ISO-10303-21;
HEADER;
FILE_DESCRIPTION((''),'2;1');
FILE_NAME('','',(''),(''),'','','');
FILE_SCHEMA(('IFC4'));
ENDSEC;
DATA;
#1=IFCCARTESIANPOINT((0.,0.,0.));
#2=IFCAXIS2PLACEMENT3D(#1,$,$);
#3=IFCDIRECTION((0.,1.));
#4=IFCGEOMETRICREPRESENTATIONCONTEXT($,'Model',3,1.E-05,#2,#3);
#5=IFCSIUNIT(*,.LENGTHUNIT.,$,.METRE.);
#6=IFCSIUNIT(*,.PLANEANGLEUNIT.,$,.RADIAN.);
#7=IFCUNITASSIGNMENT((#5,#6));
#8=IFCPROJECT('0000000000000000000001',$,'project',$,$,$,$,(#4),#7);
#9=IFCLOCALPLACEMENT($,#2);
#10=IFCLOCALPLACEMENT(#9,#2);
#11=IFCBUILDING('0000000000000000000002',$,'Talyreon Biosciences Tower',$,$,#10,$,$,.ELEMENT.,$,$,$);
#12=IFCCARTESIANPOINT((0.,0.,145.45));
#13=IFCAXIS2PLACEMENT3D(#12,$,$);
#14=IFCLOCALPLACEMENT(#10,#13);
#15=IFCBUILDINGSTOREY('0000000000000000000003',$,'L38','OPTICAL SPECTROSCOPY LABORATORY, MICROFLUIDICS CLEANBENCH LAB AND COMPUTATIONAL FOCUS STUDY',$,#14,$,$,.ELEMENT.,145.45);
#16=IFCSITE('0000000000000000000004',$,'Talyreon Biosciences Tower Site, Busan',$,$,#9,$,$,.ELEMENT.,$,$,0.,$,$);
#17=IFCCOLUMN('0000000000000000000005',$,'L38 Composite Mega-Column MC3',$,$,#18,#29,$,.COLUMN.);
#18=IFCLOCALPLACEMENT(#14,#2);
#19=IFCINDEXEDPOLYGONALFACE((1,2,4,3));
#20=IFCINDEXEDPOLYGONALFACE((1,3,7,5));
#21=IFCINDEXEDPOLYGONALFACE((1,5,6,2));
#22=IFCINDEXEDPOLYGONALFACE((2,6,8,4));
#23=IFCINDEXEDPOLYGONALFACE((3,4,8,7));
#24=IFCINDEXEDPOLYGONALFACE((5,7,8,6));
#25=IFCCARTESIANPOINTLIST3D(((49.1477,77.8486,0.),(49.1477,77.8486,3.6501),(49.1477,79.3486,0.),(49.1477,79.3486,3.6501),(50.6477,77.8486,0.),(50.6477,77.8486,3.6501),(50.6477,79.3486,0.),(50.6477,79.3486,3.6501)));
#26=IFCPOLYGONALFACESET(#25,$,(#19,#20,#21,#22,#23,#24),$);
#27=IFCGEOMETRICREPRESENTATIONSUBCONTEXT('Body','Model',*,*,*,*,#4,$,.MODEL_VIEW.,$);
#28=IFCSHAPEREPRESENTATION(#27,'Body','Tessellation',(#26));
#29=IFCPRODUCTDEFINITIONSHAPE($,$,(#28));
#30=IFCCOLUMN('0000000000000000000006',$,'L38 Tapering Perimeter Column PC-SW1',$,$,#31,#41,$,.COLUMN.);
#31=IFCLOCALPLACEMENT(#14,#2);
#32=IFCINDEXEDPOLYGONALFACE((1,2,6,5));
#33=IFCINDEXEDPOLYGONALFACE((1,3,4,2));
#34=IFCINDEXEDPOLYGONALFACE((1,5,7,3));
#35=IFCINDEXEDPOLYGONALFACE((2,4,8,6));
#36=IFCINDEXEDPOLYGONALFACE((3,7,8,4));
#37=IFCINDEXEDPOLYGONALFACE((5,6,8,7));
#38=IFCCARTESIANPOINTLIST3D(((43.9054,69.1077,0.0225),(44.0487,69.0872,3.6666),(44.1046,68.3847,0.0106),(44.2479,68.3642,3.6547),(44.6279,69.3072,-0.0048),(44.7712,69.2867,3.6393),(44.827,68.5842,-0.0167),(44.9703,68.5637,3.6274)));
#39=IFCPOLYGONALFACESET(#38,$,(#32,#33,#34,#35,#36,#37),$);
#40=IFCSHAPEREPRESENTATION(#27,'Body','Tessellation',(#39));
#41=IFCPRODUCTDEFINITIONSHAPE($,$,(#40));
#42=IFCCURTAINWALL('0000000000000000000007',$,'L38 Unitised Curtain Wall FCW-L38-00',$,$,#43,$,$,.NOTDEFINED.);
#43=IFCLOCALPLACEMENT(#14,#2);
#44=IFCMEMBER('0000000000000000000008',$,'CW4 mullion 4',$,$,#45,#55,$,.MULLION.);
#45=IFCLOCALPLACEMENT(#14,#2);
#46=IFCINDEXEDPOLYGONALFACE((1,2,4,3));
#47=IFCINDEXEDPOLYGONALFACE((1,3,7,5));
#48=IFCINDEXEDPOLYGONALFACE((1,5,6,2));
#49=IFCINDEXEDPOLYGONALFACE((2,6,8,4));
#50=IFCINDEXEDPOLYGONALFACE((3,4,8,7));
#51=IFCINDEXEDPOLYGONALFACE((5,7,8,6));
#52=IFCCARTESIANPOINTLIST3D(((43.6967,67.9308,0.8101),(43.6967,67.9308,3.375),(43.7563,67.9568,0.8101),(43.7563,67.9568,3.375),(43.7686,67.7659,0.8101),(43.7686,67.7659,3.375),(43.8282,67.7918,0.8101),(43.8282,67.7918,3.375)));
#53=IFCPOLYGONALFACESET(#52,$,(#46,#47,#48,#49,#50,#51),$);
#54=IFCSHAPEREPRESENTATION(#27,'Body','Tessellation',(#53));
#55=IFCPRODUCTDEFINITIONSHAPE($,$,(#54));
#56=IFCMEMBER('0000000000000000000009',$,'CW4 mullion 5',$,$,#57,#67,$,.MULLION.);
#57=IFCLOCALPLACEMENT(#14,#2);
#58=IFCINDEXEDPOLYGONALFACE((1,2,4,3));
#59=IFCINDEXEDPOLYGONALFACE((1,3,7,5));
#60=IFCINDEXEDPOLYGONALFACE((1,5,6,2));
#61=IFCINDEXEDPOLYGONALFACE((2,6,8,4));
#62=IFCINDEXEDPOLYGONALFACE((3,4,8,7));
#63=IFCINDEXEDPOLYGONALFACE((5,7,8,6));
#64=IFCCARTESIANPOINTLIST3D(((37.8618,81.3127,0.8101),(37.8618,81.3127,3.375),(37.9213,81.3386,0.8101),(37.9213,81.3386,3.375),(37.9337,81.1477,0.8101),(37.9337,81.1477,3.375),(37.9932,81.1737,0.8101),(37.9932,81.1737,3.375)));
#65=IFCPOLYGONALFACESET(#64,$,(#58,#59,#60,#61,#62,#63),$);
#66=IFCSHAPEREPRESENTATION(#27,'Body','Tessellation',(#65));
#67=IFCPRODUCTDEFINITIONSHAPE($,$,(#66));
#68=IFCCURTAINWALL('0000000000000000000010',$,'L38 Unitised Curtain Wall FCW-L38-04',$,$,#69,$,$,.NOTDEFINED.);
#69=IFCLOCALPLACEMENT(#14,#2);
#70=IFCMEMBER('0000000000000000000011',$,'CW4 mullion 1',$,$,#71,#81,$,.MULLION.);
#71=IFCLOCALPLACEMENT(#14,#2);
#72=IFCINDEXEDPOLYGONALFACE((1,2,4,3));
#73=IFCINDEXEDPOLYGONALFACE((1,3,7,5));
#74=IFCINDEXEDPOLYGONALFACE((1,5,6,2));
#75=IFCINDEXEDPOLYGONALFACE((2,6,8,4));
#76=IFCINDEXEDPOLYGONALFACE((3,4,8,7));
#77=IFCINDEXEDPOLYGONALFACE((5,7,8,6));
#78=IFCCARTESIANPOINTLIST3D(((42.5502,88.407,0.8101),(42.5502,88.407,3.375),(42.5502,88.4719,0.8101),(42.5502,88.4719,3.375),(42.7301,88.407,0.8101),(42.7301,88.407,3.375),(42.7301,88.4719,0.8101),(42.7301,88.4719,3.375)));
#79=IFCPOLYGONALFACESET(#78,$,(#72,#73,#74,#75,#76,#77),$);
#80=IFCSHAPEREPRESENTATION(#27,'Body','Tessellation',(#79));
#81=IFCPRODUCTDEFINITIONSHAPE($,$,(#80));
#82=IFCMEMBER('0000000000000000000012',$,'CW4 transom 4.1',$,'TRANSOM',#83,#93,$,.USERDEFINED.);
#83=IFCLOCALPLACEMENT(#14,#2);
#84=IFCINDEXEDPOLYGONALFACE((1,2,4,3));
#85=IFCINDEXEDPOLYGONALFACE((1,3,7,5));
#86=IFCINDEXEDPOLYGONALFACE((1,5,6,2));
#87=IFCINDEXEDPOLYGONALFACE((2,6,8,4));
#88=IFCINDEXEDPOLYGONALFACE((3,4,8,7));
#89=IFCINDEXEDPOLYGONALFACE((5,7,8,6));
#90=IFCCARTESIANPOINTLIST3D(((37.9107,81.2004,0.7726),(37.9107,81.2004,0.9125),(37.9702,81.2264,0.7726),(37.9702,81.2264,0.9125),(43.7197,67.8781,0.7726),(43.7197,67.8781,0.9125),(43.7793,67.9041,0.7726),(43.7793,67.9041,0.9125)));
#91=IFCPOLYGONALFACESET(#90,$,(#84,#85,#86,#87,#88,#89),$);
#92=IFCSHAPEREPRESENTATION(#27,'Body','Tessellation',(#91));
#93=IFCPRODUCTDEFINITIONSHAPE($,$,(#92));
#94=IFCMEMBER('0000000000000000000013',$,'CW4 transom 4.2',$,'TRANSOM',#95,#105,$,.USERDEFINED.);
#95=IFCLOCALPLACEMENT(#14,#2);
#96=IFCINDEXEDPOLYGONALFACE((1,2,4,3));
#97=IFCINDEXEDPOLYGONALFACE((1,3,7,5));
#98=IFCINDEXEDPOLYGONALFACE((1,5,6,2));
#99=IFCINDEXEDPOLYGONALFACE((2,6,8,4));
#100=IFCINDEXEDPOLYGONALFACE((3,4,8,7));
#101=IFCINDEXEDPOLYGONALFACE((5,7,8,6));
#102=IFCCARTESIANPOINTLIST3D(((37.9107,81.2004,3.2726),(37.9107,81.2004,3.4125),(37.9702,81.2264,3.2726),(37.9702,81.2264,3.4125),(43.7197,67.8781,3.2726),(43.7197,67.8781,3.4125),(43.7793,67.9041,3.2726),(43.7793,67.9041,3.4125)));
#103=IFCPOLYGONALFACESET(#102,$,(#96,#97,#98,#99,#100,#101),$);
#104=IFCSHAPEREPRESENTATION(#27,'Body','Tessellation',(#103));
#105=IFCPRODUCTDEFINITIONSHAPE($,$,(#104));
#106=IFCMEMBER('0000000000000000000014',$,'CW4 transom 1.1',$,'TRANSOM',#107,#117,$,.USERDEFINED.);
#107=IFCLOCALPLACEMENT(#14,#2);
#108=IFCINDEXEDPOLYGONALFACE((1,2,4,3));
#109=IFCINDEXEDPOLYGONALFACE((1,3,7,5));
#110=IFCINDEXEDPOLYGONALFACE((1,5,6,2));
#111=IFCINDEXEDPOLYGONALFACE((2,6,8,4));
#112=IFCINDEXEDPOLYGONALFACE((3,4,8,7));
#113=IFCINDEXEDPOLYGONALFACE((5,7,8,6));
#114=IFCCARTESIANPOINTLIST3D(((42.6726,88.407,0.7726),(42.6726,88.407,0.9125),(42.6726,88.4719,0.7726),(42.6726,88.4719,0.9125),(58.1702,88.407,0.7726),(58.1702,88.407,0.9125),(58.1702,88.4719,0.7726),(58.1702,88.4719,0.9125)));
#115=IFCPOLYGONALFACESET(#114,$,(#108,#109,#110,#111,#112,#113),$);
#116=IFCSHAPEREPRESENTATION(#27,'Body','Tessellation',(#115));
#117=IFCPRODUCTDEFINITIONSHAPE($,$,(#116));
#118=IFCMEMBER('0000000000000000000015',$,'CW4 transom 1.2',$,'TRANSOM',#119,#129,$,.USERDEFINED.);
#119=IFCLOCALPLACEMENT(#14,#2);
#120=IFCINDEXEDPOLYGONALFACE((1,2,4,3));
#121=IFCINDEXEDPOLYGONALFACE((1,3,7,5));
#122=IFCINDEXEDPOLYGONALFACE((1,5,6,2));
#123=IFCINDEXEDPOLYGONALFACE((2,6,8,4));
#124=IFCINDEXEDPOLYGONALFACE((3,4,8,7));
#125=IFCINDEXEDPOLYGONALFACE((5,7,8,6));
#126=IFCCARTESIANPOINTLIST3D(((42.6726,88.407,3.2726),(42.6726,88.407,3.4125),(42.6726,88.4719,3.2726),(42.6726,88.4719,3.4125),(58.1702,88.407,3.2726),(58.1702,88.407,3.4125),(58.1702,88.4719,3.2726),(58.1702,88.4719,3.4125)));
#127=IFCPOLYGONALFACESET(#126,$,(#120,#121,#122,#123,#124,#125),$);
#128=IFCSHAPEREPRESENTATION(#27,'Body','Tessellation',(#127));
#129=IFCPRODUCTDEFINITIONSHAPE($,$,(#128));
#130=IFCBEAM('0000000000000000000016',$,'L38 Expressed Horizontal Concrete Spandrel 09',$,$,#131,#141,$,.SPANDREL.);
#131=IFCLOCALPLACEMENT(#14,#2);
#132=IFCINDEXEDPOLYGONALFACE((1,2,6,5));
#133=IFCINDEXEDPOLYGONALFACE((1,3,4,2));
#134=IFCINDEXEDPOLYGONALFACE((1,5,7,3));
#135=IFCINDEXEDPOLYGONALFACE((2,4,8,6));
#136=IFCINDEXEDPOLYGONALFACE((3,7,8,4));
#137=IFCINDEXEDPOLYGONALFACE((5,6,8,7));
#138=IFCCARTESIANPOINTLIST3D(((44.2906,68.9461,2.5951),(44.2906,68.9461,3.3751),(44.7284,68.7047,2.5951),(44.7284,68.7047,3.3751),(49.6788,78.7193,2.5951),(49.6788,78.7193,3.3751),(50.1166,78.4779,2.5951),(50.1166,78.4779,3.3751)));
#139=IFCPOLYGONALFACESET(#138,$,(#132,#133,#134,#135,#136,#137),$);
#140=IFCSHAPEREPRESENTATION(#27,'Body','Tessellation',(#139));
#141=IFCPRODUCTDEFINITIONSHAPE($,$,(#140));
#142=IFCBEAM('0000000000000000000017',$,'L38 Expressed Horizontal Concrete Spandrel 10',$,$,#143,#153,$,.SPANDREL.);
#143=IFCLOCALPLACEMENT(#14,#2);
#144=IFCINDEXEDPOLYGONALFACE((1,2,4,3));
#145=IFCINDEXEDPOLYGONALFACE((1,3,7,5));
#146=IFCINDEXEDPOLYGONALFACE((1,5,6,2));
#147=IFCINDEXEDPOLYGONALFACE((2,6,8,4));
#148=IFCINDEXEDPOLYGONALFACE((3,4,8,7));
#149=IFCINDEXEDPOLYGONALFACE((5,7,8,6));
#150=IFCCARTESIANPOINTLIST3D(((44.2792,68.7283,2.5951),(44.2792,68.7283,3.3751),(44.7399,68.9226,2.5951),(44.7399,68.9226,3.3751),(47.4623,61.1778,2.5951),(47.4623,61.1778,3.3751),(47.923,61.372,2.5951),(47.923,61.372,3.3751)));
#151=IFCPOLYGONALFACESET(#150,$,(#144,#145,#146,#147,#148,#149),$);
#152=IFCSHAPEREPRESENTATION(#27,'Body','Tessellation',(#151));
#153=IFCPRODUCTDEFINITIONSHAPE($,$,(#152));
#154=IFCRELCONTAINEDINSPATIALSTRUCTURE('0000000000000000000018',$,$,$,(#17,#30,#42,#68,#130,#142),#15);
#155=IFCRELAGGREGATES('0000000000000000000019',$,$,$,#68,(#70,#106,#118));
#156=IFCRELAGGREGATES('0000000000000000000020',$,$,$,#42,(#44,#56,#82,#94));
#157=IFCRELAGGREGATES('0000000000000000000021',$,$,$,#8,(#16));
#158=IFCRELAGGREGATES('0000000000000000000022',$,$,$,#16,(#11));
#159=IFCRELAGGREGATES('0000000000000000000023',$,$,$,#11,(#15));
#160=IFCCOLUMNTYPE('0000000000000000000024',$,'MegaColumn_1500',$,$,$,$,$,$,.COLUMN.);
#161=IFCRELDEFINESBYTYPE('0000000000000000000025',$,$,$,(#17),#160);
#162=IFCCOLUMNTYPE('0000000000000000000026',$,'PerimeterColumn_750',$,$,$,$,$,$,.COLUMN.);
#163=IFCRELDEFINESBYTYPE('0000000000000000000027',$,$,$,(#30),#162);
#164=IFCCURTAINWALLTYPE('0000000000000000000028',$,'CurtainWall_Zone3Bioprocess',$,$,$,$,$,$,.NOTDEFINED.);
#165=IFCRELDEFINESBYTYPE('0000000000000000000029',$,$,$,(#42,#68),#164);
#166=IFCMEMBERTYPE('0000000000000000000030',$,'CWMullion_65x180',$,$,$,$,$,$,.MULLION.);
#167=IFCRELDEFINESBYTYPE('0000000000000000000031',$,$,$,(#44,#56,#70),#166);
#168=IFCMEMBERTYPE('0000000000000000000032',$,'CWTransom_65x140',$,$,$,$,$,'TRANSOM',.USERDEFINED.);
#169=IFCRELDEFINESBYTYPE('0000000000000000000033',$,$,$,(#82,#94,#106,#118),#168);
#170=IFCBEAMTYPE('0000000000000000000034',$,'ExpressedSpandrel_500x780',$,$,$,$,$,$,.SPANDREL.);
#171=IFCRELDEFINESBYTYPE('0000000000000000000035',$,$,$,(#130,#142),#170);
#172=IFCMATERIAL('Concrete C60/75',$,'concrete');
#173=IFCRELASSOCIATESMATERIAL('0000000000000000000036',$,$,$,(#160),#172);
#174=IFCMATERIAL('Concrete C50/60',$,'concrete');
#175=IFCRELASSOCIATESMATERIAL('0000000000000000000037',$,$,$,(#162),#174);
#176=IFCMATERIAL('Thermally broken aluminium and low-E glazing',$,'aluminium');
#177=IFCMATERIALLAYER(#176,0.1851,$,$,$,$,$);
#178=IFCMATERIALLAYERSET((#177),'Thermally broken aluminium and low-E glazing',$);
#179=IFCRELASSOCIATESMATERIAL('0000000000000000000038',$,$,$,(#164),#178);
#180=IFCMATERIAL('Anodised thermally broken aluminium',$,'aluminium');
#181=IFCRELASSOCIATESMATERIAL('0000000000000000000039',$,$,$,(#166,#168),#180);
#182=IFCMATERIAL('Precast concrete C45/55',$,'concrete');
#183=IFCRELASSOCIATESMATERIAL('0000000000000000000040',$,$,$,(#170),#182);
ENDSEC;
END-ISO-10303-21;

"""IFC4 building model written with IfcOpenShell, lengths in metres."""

from ifc_helpers import new_model, si_unit, direction, frame, origin, origin_2d, place, context, subcontext, project, spatial, rectangle, extrude, material, layer, layer_set, material_profile, profile_set, type_object, element, aggregate, save


model = new_model("IFC4")

# Units and contexts
model_context = context("Model", 3, precision=1e-05, world=origin(), true_north=direction((0.0, 1.0)))
body_context = subcontext(model_context, "Body", "Model", "MODEL_VIEW")
ifc_project = project(units=[si_unit("LENGTHUNIT", "METRE"), si_unit("PLANEANGLEUNIT", "RADIAN")], contexts=[model_context])

# Site, building, storey
site_placement = place(None, origin())
site = spatial("IfcSite", under=ifc_project, at=site_placement, Name="Talyreon Biosciences Tower Site, Busan", CompositionType="ELEMENT", RefElevation=0.0)
building_placement = place(site_placement, origin())
building = spatial("IfcBuilding", under=site, at=building_placement, Name="Talyreon Biosciences Tower", CompositionType="ELEMENT")
storey_placement = place(building_placement, frame((0.0, 0.0, 145.45)))
storey = spatial("IfcBuildingStorey", under=building, at=storey_placement, Name="L38", Description="OPTICAL SPECTROSCOPY LABORATORY, MICROFLUIDICS CLEANBENCH LAB AND COMPUTATIONAL FOCUS STUDY", CompositionType="ELEMENT", Elevation=145.45)

# Columns
ifc_material_1 = material(Name="Concrete C60/75", Category="concrete")
ifc_material_profile_1 = material_profile(ifc_material_1, rectangle(XDim=1.5, YDim=1.5, at=origin_2d()), Name="RC 1500x1500")
ifc_profile_set_1 = profile_set([ifc_material_profile_1], Name="Concrete C60/75")
column_type_1 = type_object("IfcColumnType", Name="MegaColumn_1500", PredefinedType="COLUMN", material=ifc_profile_set_1)
column_1_placement = place(storey_placement, frame((49.8977, 78.5986, 0.0), z_axis=(0.0, 0.0, 1.0), x_axis=(1.0, 0.0, 0.0)))
element("IfcColumn", 1, at=column_1_placement, inside=storey, type_object=column_type_1, Name="L38 Composite Mega-Column MC3", PredefinedType="COLUMN", context=body_context, shape_type="SweptSolid", body=[
    extrude(rectangle(XDim=1.5, YDim=1.5, at=origin_2d()), origin(), (0.0, 0.0, 1.0), 3.6501),
])
ifc_material_2 = material(Name="Concrete C50/60", Category="concrete")
ifc_material_profile_2 = material_profile(ifc_material_2, rectangle(XDim=0.75, YDim=0.75, at=origin_2d()), Name="RC 750x750")
ifc_profile_set_2 = profile_set([ifc_material_profile_2], Name="Concrete C50/60")
column_type_2 = type_object("IfcColumnType", Name="PerimeterColumn_750", PredefinedType="COLUMN", material=ifc_profile_set_2)
column_2_placement = place(storey_placement, frame((44.3662, 68.8459, 0.0029), z_axis=(0.039296, -0.005623, 0.999212), x_axis=(0.963291, 0.265982, -0.036387)))
element("IfcColumn", 2, at=column_2_placement, inside=storey, type_object=column_type_2, Name="L38 Tapering Perimeter Column PC-SW1", PredefinedType="COLUMN", context=body_context, shape_type="SweptSolid", body=[
    extrude(rectangle(XDim=0.75, YDim=0.75, at=origin_2d()), origin(), (0.0, 0.0, 1.0), 3.647),
])

# Curtain wall, members
ifc_material_3 = material(Name="Thermally broken aluminium and low-E glazing", Category="aluminium")
ifc_layer_1 = layer(ifc_material_3, 0.1851)
ifc_layer_set_1 = layer_set([ifc_layer_1], Name="Thermally broken aluminium and low-E glazing")
curtain_wall_type = type_object("IfcCurtainWallType", Name="CurtainWall_Zone3Bioprocess", PredefinedType="NOTDEFINED", material=ifc_layer_set_1)
curtain_wall_1_placement = place(storey_placement, origin())
curtain_wall_1 = element("IfcCurtainWall", 3, at=curtain_wall_1_placement, inside=storey, type_object=curtain_wall_type, Name="L38 Unitised Curtain Wall FCW-L38-00", PredefinedType="NOTDEFINED")
ifc_material_4 = material(Name="Anodised thermally broken aluminium", Category="aluminium")
ifc_material_profile_3 = material_profile(ifc_material_4, rectangle(XDim=0.0649, YDim=0.1799, at=origin_2d()), Name="ALUM MULLION 65x180")
ifc_profile_set_3 = profile_set([ifc_material_profile_3], Name="Anodised thermally broken aluminium")
member_type_1 = type_object("IfcMemberType", Name="CWMullion_65x180", PredefinedType="MULLION", material=ifc_profile_set_3)
member_1_placement = place(storey_placement, frame((43.7625, 67.8613, 0.8101), z_axis=(0.0, 0.0, 1.0), x_axis=(-0.916647, -0.399698, 0.0)))
member_1 = element("IfcMember", 4, at=member_1_placement, type_object=member_type_1, Name="CW4 mullion 4", PredefinedType="MULLION", context=body_context, shape_type="SweptSolid", body=[
    extrude(rectangle(XDim=0.0649, YDim=0.1799, at=origin_2d()), origin(), (0.0, 0.0, 1.0), 2.5649),
])
member_2_placement = place(storey_placement, frame((37.9275, 81.2432, 0.8101), z_axis=(0.0, 0.0, 1.0), x_axis=(-0.916647, -0.399698, 0.0)))
member_2 = element("IfcMember", 5, at=member_2_placement, type_object=member_type_1, Name="CW4 mullion 5", PredefinedType="MULLION", context=body_context, shape_type="SweptSolid", body=[
    extrude(rectangle(XDim=0.0649, YDim=0.1799, at=origin_2d()), origin(), (0.0, 0.0, 1.0), 2.5649),
])

# Curtain wall, member
curtain_wall_2_placement = place(storey_placement, origin())
curtain_wall_2 = element("IfcCurtainWall", 6, at=curtain_wall_2_placement, inside=storey, type_object=curtain_wall_type, Name="L38 Unitised Curtain Wall FCW-L38-04", PredefinedType="NOTDEFINED")
member_3_placement = place(storey_placement, frame((42.6401, 88.4395, 0.8101), z_axis=(0.0, 0.0, 1.0), x_axis=(0.0, 1.0, 0.0)))
member_3 = element("IfcMember", 7, at=member_3_placement, type_object=member_type_1, Name="CW4 mullion 1", PredefinedType="MULLION", context=body_context, shape_type="SweptSolid", body=[
    extrude(rectangle(XDim=0.0649, YDim=0.1799, at=origin_2d()), origin(), (0.0, 0.0, 1.0), 2.5649),
])

# Members
ifc_material_profile_4 = material_profile(ifc_material_4, rectangle(XDim=0.0649, YDim=0.1399, at=origin_2d()), Name="ALUM TRANSOM 65x140")
ifc_profile_set_4 = profile_set([ifc_material_profile_4], Name="Anodised thermally broken aluminium")
member_type_2 = type_object("IfcMemberType", Name="CWTransom_65x140", ElementType="TRANSOM", PredefinedType="USERDEFINED", material=ifc_profile_set_4)
member_4_placement = place(storey_placement, frame((43.7495, 67.8911, 0.8425), z_axis=(-0.399698, 0.916647, 0.0), x_axis=(-0.916647, -0.399698, 0.0)))
member_4 = element("IfcMember", 8, at=member_4_placement, type_object=member_type_2, Name="CW4 transom 4.1", ObjectType="TRANSOM", PredefinedType="USERDEFINED", context=body_context, shape_type="SweptSolid", body=[
    extrude(rectangle(XDim=0.0649, YDim=0.1399, at=origin_2d()), origin(), (0.0, 0.0, 1.0), 14.5337),
])
member_5_placement = place(storey_placement, frame((43.7495, 67.8911, 3.3425), z_axis=(-0.399698, 0.916647, 0.0), x_axis=(-0.916647, -0.399698, 0.0)))
member_5 = element("IfcMember", 9, at=member_5_placement, type_object=member_type_2, Name="CW4 transom 4.2", ObjectType="TRANSOM", PredefinedType="USERDEFINED", context=body_context, shape_type="SweptSolid", body=[
    extrude(rectangle(XDim=0.0649, YDim=0.1399, at=origin_2d()), origin(), (0.0, 0.0, 1.0), 14.5337),
])
member_6_placement = place(storey_placement, frame((42.6726, 88.4395, 0.8425), z_axis=(1.0, 0.0, 0.0), x_axis=(0.0, 1.0, 0.0)))
member_6 = element("IfcMember", 10, at=member_6_placement, type_object=member_type_2, Name="CW4 transom 1.1", ObjectType="TRANSOM", PredefinedType="USERDEFINED", context=body_context, shape_type="SweptSolid", body=[
    extrude(rectangle(XDim=0.0649, YDim=0.1399, at=origin_2d()), origin(), (0.0, 0.0, 1.0), 15.4976),
])
member_7_placement = place(storey_placement, frame((42.6726, 88.4395, 3.3425), z_axis=(1.0, 0.0, 0.0), x_axis=(0.0, 1.0, 0.0)))
member_7 = element("IfcMember", 11, at=member_7_placement, type_object=member_type_2, Name="CW4 transom 1.2", ObjectType="TRANSOM", PredefinedType="USERDEFINED", context=body_context, shape_type="SweptSolid", body=[
    extrude(rectangle(XDim=0.0649, YDim=0.1399, at=origin_2d()), origin(), (0.0, 0.0, 1.0), 15.4976),
])
aggregate(curtain_wall_2, [member_3, member_6, member_7])

# Beams
ifc_material_5 = material(Name="Precast concrete C45/55", Category="concrete")
ifc_material_profile_5 = material_profile(ifc_material_5, rectangle(XDim=0.5, YDim=0.78, at=origin_2d()), Name="RCB 500x780")
ifc_profile_set_5 = profile_set([ifc_material_profile_5], Name="Precast concrete C45/55")
beam_type_1 = type_object("IfcBeamType", Name="ExpressedSpandrel_500x780", PredefinedType="SPANDREL", material=ifc_profile_set_5)
beam_1_placement = place(storey_placement, frame((49.8977, 78.5986, 2.9851), z_axis=(-0.482808, -0.875726, 0.0), x_axis=(0.875726, -0.482808, 0.0)))
element("IfcBeam", 12, at=beam_1_placement, inside=storey, type_object=beam_type_1, Name="L38 Expressed Horizontal Concrete Spandrel 09", PredefinedType="SPANDREL", context=body_context, shape_type="SweptSolid", body=[
    extrude(rectangle(XDim=0.5, YDim=0.78, at=origin_2d()), origin(), (0.0, 0.0, 1.0), 11.1602),
])
beam_2_placement = place(storey_placement, frame((44.5095, 68.8254, 2.9851), z_axis=(0.388465, -0.921464, 0.0), x_axis=(0.921464, 0.388465, 0.0)))
element("IfcBeam", 13, at=beam_2_placement, inside=storey, type_object=beam_type_1, Name="L38 Expressed Horizontal Concrete Spandrel 10", PredefinedType="SPANDREL", context=body_context, shape_type="SweptSolid", body=[
    extrude(rectangle(XDim=0.5, YDim=0.78, at=origin_2d()), origin(), (0.0, 0.0, 1.0), 8.1941),
])

aggregate(curtain_wall_1, [member_1, member_2, member_4, member_5])

save(model, "model.ifc")
